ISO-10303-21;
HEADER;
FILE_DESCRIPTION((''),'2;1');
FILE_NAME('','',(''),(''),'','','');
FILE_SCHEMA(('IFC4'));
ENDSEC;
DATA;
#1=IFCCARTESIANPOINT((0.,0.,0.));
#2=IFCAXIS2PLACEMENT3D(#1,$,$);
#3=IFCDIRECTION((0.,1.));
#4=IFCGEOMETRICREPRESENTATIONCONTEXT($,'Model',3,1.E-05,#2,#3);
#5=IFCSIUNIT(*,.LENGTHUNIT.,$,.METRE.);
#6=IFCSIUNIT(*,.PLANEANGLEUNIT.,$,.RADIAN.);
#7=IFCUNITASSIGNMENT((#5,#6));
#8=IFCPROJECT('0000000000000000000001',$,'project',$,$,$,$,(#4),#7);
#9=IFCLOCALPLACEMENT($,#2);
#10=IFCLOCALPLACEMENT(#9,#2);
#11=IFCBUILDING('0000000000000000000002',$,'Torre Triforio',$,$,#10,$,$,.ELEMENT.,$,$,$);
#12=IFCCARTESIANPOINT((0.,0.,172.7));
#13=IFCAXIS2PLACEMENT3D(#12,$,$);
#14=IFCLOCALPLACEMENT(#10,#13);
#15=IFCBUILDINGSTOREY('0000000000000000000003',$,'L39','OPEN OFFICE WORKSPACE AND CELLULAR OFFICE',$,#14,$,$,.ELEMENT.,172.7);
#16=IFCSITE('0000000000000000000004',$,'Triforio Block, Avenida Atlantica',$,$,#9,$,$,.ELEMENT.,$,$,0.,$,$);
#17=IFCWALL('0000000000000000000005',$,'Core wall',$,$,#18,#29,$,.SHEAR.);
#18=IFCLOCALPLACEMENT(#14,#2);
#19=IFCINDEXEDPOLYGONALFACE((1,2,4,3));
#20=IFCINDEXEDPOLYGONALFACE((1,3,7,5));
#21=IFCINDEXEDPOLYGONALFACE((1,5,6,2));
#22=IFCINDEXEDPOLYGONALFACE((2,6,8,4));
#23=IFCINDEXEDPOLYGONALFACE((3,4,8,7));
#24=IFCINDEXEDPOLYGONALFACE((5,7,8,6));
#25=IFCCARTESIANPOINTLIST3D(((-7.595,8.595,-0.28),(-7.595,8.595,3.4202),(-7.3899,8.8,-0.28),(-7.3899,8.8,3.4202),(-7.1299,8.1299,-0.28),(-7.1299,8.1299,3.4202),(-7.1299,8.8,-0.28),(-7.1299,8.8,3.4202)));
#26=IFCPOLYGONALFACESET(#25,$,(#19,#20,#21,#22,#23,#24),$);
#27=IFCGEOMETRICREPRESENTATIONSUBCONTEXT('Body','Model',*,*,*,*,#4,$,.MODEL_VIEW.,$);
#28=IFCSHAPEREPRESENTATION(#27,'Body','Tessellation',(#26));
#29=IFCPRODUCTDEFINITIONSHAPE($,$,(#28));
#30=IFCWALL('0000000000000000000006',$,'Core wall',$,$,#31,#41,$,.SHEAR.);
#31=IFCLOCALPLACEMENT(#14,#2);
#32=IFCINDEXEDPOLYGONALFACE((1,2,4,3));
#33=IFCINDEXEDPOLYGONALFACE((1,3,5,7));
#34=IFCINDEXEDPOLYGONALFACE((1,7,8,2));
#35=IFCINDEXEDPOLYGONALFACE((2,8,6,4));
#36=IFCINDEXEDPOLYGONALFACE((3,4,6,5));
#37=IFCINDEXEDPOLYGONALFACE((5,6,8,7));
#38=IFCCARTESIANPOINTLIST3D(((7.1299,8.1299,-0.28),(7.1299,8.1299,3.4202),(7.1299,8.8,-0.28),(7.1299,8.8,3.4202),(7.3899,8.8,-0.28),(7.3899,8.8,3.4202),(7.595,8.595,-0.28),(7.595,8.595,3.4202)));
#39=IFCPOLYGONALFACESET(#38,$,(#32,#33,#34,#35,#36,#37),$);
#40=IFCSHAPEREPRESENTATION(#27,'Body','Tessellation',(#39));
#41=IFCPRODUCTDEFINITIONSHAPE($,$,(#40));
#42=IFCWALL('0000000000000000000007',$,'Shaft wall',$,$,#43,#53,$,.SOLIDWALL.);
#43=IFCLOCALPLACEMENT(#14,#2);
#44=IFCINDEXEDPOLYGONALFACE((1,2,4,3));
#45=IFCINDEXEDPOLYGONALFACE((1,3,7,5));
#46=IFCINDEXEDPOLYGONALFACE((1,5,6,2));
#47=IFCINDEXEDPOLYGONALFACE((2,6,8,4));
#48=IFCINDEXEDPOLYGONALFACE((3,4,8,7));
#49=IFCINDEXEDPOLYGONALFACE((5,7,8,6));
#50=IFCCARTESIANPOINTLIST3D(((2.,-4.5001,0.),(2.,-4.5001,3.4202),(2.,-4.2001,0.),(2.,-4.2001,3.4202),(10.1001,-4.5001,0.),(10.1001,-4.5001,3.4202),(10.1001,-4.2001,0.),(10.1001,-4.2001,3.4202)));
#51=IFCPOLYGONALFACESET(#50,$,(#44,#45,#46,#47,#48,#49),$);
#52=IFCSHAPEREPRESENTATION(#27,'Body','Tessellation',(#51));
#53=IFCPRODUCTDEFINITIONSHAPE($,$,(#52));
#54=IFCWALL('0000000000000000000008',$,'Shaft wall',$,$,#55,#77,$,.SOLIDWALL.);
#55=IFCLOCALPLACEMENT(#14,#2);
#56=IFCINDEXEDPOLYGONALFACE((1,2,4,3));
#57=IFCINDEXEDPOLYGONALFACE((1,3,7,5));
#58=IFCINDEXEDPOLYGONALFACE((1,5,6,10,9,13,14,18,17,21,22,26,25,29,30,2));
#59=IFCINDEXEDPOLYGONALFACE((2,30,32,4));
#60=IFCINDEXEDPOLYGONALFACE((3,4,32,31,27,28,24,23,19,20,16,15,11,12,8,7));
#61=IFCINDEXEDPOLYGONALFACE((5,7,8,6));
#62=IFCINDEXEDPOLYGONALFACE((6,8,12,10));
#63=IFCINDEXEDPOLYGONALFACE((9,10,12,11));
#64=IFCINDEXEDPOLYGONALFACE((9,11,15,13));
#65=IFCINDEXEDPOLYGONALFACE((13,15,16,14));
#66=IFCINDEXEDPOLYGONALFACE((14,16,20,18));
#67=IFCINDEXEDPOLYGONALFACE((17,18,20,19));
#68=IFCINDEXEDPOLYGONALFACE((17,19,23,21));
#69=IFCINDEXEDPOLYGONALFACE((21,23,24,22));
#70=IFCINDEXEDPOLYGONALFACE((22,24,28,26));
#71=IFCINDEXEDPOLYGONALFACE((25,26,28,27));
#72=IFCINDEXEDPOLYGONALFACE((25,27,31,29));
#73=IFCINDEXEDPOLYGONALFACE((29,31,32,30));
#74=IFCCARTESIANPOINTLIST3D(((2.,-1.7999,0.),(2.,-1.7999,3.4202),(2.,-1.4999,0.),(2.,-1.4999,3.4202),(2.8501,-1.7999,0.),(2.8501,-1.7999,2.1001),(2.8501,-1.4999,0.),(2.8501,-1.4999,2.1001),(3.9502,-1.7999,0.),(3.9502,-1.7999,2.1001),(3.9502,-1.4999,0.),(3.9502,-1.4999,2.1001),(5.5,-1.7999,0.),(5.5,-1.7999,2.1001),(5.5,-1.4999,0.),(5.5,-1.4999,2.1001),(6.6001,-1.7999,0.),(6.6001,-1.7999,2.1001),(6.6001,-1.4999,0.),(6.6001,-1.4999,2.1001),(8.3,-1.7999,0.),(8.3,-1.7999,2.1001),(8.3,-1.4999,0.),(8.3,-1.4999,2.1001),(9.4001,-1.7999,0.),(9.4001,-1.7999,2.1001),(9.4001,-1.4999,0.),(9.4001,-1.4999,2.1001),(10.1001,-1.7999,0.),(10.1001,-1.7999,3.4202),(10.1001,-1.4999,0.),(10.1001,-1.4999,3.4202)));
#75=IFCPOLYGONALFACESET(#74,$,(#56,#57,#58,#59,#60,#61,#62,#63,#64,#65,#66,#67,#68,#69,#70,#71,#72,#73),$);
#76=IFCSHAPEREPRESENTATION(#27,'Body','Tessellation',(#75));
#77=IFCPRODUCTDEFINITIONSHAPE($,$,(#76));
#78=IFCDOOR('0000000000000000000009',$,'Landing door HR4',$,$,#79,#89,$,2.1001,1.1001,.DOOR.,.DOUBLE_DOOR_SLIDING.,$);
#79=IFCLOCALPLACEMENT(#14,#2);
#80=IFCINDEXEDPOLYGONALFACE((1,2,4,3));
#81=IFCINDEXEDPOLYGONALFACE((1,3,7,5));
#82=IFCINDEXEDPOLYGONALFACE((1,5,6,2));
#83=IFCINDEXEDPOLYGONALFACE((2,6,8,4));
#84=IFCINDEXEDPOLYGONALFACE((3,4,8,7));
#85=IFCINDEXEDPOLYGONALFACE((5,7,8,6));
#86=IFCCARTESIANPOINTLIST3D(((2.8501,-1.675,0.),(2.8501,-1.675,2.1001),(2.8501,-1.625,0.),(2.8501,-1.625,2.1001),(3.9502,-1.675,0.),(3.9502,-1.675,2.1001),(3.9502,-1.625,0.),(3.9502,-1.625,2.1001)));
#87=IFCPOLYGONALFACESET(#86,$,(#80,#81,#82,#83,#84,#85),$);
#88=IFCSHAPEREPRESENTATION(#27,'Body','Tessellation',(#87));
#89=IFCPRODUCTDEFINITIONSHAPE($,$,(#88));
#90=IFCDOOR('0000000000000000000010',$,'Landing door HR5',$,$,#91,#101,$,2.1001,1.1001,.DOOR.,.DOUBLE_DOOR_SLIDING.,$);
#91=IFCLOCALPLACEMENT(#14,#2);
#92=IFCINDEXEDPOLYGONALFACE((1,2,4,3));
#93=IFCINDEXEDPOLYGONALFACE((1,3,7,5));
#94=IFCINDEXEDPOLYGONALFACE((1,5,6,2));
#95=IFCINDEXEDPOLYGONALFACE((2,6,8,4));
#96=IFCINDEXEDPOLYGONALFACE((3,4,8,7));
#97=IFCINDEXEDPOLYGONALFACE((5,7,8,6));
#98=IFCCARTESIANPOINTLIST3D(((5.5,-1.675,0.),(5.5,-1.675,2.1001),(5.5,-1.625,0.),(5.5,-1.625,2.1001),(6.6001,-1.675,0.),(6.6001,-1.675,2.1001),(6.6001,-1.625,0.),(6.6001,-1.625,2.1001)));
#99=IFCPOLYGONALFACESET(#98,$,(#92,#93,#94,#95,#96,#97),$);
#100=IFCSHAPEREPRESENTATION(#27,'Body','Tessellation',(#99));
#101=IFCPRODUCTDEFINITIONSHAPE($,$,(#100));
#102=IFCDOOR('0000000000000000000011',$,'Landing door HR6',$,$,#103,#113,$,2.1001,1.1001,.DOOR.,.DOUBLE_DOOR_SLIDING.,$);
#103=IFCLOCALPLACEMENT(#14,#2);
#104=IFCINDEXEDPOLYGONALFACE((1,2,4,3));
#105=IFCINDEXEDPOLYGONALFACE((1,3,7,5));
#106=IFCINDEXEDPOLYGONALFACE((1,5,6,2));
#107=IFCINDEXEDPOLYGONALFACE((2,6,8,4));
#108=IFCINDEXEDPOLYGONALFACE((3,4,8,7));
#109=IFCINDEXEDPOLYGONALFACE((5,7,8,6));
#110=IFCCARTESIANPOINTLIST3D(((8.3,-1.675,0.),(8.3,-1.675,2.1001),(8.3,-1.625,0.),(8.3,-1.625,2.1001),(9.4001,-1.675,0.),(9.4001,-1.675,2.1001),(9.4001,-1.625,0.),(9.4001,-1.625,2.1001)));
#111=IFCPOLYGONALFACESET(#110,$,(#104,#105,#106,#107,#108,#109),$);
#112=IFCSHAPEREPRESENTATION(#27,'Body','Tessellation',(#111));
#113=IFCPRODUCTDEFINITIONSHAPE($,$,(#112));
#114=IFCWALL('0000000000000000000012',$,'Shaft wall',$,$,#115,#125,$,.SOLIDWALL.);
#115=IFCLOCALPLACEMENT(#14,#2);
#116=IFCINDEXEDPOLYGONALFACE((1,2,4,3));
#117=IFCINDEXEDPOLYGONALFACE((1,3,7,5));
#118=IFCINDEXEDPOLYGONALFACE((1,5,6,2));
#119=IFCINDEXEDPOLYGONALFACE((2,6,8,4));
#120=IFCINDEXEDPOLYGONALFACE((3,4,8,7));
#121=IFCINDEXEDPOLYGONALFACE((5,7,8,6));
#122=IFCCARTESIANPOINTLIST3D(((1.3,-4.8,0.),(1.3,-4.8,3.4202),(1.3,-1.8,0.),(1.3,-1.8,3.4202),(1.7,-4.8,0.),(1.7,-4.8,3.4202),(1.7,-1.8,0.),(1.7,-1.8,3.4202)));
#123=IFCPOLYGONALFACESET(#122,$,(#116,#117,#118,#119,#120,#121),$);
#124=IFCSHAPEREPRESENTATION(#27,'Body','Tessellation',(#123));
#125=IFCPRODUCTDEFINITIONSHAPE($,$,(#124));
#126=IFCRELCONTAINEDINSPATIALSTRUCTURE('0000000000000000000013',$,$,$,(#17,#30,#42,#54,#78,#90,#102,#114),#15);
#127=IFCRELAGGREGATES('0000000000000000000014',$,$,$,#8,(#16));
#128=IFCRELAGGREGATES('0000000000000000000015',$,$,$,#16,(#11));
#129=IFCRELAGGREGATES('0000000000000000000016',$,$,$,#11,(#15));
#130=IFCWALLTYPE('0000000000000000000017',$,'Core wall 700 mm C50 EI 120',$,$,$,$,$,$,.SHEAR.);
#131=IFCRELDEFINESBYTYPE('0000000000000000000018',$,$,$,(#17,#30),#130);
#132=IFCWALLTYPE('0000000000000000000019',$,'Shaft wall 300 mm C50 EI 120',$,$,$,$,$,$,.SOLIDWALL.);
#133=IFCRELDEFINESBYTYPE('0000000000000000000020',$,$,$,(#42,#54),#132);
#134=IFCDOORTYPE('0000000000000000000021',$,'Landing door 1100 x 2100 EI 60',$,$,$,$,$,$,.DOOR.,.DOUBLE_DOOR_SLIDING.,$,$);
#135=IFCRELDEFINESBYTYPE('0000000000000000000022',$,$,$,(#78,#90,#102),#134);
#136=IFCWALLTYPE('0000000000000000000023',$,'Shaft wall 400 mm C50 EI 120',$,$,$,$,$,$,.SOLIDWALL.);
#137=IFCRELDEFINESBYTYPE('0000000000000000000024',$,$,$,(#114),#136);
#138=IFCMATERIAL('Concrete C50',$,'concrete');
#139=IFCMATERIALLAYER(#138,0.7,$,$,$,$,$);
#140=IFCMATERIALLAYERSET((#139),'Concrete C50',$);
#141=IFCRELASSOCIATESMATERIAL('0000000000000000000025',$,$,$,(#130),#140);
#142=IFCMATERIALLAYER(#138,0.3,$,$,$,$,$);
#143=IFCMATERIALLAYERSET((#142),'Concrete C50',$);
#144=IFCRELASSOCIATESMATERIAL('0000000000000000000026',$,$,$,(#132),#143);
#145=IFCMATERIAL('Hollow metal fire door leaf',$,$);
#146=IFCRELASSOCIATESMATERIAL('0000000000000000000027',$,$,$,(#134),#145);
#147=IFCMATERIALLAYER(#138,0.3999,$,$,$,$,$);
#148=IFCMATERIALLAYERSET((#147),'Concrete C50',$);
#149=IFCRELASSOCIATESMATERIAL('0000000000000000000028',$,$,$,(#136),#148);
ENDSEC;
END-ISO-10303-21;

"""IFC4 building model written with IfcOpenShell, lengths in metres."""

from ifc_helpers import new_model, si_unit, direction, frame, frame_2d, origin, place, context, subcontext, project, spatial, polyline, rectangle, outline, extrude, material, layer, layer_set, type_object, element, fill, save


model = new_model("IFC4")

# Units and contexts
model_context = context("Model", 3, precision=1e-05, world=origin(), true_north=direction((0.0, 1.0)))
body_context = subcontext(model_context, "Body", "Model", "MODEL_VIEW")
ifc_project = project(units=[si_unit("LENGTHUNIT", "METRE"), si_unit("PLANEANGLEUNIT", "RADIAN")], contexts=[model_context])

# Site, building, storey
site_placement = place(None, origin())
site = spatial("IfcSite", under=ifc_project, at=site_placement, Name="Triforio Block, Avenida Atlantica", CompositionType="ELEMENT", RefElevation=0.0)
building_placement = place(site_placement, origin())
building = spatial("IfcBuilding", under=site, at=building_placement, Name="Torre Triforio", CompositionType="ELEMENT")
storey_placement = place(building_placement, frame((0.0, 0.0, 172.7)))
storey = spatial("IfcBuildingStorey", under=building, at=storey_placement, Name="L39", Description="OPEN OFFICE WORKSPACE AND CELLULAR OFFICE", CompositionType="ELEMENT", Elevation=172.7)

# Shared definitions
ifc_material_1 = material(Name="Concrete C50", Category="concrete")

# Walls
ifc_layer_1 = layer(ifc_material_1, 0.7)
ifc_layer_set_1 = layer_set([ifc_layer_1], Name="Concrete C50")
wall_type_1 = type_object("IfcWallType", Name="Core wall 700 mm C50 EI 120", PredefinedType="SHEAR", material=ifc_layer_set_1)
wall_1_placement = place(storey_placement, frame((0.0, 0.0, -0.28)))
element("IfcWall", 1, at=wall_1_placement, inside=storey, type_object=wall_type_1, Name="Core wall", PredefinedType="SHEAR", context=body_context, shape_type="SweptSolid", body=[
    extrude(outline(polyline([(-7.3899, 8.8), (-7.1299, 8.8), (-7.1299, 8.8), (-7.1299, 8.1299), (-7.595, 8.595), (-7.595, 8.595), (-7.595, 8.595), (-7.3899, 8.8)])), origin(), (0.0, 0.0, 1.0), 3.7002),
])
wall_2_placement = place(storey_placement, frame((0.0, 0.0, -0.28)))
element("IfcWall", 2, at=wall_2_placement, inside=storey, type_object=wall_type_1, Name="Core wall", PredefinedType="SHEAR", context=body_context, shape_type="SweptSolid", body=[
    extrude(outline(polyline([(7.3899, 8.8), (7.595, 8.595), (7.595, 8.595), (7.595, 8.595), (7.1299, 8.1299), (7.1299, 8.8), (7.1299, 8.8), (7.3899, 8.8)])), origin(), (0.0, 0.0, 1.0), 3.7002),
])
ifc_layer_2 = layer(ifc_material_1, 0.3)
ifc_layer_set_2 = layer_set([ifc_layer_2], Name="Concrete C50")
wall_type_2 = type_object("IfcWallType", Name="Shaft wall 300 mm C50 EI 120", PredefinedType="SOLIDWALL", material=ifc_layer_set_2)
wall_3_placement = place(storey_placement, frame((2.0, -4.3501, 0.0), z_axis=(0.0, 0.0, 1.0), x_axis=(1.0, 0.0, 0.0)))
element("IfcWall", 3, at=wall_3_placement, inside=storey, type_object=wall_type_2, Name="Shaft wall", PredefinedType="SOLIDWALL", context=body_context, shape_type="SweptSolid", body=[
    extrude(rectangle(XDim=8.1001, YDim=0.3, at=frame_2d((4.05, 0.0))), origin(), (0.0, 0.0, 1.0), 3.4202),
])

# Wall, openings, doors
wall_4_placement = place(storey_placement, frame((2.0, -1.6499, 0.0), z_axis=(0.0, 0.0, 1.0), x_axis=(1.0, 0.0, 0.0)))
wall_4 = element("IfcWall", 4, at=wall_4_placement, inside=storey, type_object=wall_type_2, Name="Shaft wall", PredefinedType="SOLIDWALL", context=body_context, shape_type="SweptSolid", body=[
    extrude(rectangle(XDim=8.1001, YDim=0.3, at=frame_2d((4.05, 0.0))), origin(), (0.0, 0.0, 1.0), 3.4202),
])
opening_1_placement = place(wall_4_placement, frame((0.8501, 0.0, 0.0)))
opening_1 = element("IfcOpeningElement", 5, at=opening_1_placement, cuts=wall_4, PredefinedType="OPENING", context=body_context, shape_type="SweptSolid", body=[
    extrude(rectangle(XDim=1.1001, YDim=2.1001, at=frame_2d((0.55, 1.05))), frame((0.0, 0.1599, 0.0), z_axis=(0.0, -1.0, 0.0), x_axis=(1.0, 0.0, 0.0)), (0.0, 0.0, 1.0), 0.3201),
])
opening_2_placement = place(wall_4_placement, frame((3.5, 0.0, 0.0)))
opening_2 = element("IfcOpeningElement", 6, at=opening_2_placement, cuts=wall_4, PredefinedType="OPENING", context=body_context, shape_type="SweptSolid", body=[
    extrude(rectangle(XDim=1.1001, YDim=2.1001, at=frame_2d((0.55, 1.05))), frame((0.0, 0.1599, 0.0), z_axis=(0.0, -1.0, 0.0), x_axis=(1.0, 0.0, 0.0)), (0.0, 0.0, 1.0), 0.3201),
])
opening_3_placement = place(wall_4_placement, frame((6.3, 0.0, 0.0)))
opening_3 = element("IfcOpeningElement", 7, at=opening_3_placement, cuts=wall_4, PredefinedType="OPENING", context=body_context, shape_type="SweptSolid", body=[
    extrude(rectangle(XDim=1.1001, YDim=2.1001, at=frame_2d((0.55, 1.05))), frame((0.0, 0.1599, 0.0), z_axis=(0.0, -1.0, 0.0), x_axis=(1.0, 0.0, 0.0)), (0.0, 0.0, 1.0), 0.3201),
])
ifc_material_2 = material(Name="Hollow metal fire door leaf")
door_type = type_object("IfcDoorType", Name="Landing door 1100 x 2100 EI 60", OperationType="DOUBLE_DOOR_SLIDING", PredefinedType="DOOR", material=ifc_material_2)
door_1_placement = place(opening_1_placement, origin())
door_1 = element("IfcDoor", 8, at=door_1_placement, inside=storey, type_object=door_type, Name="Landing door HR4", OperationType="DOUBLE_DOOR_SLIDING", OverallHeight=2.1001, OverallWidth=1.1001, PredefinedType="DOOR", context=body_context, shape_type="SweptSolid", body=[
    extrude(rectangle(XDim=1.1001, YDim=2.1001, at=frame_2d((0.55, 1.05))), frame((0.0, 0.0249, 0.0), z_axis=(0.0, -1.0, 0.0), x_axis=(1.0, 0.0, 0.0)), (0.0, 0.0, 1.0), 0.05),
])
fill(opening_1, door_1)
door_2_placement = place(opening_2_placement, origin())
door_2 = element("IfcDoor", 9, at=door_2_placement, inside=storey, type_object=door_type, Name="Landing door HR5", OperationType="DOUBLE_DOOR_SLIDING", OverallHeight=2.1001, OverallWidth=1.1001, PredefinedType="DOOR", context=body_context, shape_type="SweptSolid", body=[
    extrude(rectangle(XDim=1.1001, YDim=2.1001, at=frame_2d((0.55, 1.05))), frame((0.0, 0.0249, 0.0), z_axis=(0.0, -1.0, 0.0), x_axis=(1.0, 0.0, 0.0)), (0.0, 0.0, 1.0), 0.05),
])
fill(opening_2, door_2)
door_3_placement = place(opening_3_placement, origin())
door_3 = element("IfcDoor", 10, at=door_3_placement, inside=storey, type_object=door_type, Name="Landing door HR6", OperationType="DOUBLE_DOOR_SLIDING", OverallHeight=2.1001, OverallWidth=1.1001, PredefinedType="DOOR", context=body_context, shape_type="SweptSolid", body=[
    extrude(rectangle(XDim=1.1001, YDim=2.1001, at=frame_2d((0.55, 1.05))), frame((0.0, 0.0249, 0.0), z_axis=(0.0, -1.0, 0.0), x_axis=(1.0, 0.0, 0.0)), (0.0, 0.0, 1.0), 0.05),
])
fill(opening_3, door_3)

# Wall
ifc_layer_3 = layer(ifc_material_1, 0.3999)
ifc_layer_set_3 = layer_set([ifc_layer_3], Name="Concrete C50")
wall_type_3 = type_object("IfcWallType", Name="Shaft wall 400 mm C50 EI 120", PredefinedType="SOLIDWALL", material=ifc_layer_set_3)
wall_5_placement = place(storey_placement, frame((1.5, -4.8, 0.0), z_axis=(0.0, 0.0, 1.0), x_axis=(0.0, 1.0, 0.0)))
element("IfcWall", 11, at=wall_5_placement, inside=storey, type_object=wall_type_3, Name="Shaft wall", PredefinedType="SOLIDWALL", context=body_context, shape_type="SweptSolid", body=[
    extrude(rectangle(XDim=3.0, YDim=0.3999, at=frame_2d((1.5, 0.0))), origin(), (0.0, 0.0, 1.0), 3.4202),
])

save(model, "model.ifc")
